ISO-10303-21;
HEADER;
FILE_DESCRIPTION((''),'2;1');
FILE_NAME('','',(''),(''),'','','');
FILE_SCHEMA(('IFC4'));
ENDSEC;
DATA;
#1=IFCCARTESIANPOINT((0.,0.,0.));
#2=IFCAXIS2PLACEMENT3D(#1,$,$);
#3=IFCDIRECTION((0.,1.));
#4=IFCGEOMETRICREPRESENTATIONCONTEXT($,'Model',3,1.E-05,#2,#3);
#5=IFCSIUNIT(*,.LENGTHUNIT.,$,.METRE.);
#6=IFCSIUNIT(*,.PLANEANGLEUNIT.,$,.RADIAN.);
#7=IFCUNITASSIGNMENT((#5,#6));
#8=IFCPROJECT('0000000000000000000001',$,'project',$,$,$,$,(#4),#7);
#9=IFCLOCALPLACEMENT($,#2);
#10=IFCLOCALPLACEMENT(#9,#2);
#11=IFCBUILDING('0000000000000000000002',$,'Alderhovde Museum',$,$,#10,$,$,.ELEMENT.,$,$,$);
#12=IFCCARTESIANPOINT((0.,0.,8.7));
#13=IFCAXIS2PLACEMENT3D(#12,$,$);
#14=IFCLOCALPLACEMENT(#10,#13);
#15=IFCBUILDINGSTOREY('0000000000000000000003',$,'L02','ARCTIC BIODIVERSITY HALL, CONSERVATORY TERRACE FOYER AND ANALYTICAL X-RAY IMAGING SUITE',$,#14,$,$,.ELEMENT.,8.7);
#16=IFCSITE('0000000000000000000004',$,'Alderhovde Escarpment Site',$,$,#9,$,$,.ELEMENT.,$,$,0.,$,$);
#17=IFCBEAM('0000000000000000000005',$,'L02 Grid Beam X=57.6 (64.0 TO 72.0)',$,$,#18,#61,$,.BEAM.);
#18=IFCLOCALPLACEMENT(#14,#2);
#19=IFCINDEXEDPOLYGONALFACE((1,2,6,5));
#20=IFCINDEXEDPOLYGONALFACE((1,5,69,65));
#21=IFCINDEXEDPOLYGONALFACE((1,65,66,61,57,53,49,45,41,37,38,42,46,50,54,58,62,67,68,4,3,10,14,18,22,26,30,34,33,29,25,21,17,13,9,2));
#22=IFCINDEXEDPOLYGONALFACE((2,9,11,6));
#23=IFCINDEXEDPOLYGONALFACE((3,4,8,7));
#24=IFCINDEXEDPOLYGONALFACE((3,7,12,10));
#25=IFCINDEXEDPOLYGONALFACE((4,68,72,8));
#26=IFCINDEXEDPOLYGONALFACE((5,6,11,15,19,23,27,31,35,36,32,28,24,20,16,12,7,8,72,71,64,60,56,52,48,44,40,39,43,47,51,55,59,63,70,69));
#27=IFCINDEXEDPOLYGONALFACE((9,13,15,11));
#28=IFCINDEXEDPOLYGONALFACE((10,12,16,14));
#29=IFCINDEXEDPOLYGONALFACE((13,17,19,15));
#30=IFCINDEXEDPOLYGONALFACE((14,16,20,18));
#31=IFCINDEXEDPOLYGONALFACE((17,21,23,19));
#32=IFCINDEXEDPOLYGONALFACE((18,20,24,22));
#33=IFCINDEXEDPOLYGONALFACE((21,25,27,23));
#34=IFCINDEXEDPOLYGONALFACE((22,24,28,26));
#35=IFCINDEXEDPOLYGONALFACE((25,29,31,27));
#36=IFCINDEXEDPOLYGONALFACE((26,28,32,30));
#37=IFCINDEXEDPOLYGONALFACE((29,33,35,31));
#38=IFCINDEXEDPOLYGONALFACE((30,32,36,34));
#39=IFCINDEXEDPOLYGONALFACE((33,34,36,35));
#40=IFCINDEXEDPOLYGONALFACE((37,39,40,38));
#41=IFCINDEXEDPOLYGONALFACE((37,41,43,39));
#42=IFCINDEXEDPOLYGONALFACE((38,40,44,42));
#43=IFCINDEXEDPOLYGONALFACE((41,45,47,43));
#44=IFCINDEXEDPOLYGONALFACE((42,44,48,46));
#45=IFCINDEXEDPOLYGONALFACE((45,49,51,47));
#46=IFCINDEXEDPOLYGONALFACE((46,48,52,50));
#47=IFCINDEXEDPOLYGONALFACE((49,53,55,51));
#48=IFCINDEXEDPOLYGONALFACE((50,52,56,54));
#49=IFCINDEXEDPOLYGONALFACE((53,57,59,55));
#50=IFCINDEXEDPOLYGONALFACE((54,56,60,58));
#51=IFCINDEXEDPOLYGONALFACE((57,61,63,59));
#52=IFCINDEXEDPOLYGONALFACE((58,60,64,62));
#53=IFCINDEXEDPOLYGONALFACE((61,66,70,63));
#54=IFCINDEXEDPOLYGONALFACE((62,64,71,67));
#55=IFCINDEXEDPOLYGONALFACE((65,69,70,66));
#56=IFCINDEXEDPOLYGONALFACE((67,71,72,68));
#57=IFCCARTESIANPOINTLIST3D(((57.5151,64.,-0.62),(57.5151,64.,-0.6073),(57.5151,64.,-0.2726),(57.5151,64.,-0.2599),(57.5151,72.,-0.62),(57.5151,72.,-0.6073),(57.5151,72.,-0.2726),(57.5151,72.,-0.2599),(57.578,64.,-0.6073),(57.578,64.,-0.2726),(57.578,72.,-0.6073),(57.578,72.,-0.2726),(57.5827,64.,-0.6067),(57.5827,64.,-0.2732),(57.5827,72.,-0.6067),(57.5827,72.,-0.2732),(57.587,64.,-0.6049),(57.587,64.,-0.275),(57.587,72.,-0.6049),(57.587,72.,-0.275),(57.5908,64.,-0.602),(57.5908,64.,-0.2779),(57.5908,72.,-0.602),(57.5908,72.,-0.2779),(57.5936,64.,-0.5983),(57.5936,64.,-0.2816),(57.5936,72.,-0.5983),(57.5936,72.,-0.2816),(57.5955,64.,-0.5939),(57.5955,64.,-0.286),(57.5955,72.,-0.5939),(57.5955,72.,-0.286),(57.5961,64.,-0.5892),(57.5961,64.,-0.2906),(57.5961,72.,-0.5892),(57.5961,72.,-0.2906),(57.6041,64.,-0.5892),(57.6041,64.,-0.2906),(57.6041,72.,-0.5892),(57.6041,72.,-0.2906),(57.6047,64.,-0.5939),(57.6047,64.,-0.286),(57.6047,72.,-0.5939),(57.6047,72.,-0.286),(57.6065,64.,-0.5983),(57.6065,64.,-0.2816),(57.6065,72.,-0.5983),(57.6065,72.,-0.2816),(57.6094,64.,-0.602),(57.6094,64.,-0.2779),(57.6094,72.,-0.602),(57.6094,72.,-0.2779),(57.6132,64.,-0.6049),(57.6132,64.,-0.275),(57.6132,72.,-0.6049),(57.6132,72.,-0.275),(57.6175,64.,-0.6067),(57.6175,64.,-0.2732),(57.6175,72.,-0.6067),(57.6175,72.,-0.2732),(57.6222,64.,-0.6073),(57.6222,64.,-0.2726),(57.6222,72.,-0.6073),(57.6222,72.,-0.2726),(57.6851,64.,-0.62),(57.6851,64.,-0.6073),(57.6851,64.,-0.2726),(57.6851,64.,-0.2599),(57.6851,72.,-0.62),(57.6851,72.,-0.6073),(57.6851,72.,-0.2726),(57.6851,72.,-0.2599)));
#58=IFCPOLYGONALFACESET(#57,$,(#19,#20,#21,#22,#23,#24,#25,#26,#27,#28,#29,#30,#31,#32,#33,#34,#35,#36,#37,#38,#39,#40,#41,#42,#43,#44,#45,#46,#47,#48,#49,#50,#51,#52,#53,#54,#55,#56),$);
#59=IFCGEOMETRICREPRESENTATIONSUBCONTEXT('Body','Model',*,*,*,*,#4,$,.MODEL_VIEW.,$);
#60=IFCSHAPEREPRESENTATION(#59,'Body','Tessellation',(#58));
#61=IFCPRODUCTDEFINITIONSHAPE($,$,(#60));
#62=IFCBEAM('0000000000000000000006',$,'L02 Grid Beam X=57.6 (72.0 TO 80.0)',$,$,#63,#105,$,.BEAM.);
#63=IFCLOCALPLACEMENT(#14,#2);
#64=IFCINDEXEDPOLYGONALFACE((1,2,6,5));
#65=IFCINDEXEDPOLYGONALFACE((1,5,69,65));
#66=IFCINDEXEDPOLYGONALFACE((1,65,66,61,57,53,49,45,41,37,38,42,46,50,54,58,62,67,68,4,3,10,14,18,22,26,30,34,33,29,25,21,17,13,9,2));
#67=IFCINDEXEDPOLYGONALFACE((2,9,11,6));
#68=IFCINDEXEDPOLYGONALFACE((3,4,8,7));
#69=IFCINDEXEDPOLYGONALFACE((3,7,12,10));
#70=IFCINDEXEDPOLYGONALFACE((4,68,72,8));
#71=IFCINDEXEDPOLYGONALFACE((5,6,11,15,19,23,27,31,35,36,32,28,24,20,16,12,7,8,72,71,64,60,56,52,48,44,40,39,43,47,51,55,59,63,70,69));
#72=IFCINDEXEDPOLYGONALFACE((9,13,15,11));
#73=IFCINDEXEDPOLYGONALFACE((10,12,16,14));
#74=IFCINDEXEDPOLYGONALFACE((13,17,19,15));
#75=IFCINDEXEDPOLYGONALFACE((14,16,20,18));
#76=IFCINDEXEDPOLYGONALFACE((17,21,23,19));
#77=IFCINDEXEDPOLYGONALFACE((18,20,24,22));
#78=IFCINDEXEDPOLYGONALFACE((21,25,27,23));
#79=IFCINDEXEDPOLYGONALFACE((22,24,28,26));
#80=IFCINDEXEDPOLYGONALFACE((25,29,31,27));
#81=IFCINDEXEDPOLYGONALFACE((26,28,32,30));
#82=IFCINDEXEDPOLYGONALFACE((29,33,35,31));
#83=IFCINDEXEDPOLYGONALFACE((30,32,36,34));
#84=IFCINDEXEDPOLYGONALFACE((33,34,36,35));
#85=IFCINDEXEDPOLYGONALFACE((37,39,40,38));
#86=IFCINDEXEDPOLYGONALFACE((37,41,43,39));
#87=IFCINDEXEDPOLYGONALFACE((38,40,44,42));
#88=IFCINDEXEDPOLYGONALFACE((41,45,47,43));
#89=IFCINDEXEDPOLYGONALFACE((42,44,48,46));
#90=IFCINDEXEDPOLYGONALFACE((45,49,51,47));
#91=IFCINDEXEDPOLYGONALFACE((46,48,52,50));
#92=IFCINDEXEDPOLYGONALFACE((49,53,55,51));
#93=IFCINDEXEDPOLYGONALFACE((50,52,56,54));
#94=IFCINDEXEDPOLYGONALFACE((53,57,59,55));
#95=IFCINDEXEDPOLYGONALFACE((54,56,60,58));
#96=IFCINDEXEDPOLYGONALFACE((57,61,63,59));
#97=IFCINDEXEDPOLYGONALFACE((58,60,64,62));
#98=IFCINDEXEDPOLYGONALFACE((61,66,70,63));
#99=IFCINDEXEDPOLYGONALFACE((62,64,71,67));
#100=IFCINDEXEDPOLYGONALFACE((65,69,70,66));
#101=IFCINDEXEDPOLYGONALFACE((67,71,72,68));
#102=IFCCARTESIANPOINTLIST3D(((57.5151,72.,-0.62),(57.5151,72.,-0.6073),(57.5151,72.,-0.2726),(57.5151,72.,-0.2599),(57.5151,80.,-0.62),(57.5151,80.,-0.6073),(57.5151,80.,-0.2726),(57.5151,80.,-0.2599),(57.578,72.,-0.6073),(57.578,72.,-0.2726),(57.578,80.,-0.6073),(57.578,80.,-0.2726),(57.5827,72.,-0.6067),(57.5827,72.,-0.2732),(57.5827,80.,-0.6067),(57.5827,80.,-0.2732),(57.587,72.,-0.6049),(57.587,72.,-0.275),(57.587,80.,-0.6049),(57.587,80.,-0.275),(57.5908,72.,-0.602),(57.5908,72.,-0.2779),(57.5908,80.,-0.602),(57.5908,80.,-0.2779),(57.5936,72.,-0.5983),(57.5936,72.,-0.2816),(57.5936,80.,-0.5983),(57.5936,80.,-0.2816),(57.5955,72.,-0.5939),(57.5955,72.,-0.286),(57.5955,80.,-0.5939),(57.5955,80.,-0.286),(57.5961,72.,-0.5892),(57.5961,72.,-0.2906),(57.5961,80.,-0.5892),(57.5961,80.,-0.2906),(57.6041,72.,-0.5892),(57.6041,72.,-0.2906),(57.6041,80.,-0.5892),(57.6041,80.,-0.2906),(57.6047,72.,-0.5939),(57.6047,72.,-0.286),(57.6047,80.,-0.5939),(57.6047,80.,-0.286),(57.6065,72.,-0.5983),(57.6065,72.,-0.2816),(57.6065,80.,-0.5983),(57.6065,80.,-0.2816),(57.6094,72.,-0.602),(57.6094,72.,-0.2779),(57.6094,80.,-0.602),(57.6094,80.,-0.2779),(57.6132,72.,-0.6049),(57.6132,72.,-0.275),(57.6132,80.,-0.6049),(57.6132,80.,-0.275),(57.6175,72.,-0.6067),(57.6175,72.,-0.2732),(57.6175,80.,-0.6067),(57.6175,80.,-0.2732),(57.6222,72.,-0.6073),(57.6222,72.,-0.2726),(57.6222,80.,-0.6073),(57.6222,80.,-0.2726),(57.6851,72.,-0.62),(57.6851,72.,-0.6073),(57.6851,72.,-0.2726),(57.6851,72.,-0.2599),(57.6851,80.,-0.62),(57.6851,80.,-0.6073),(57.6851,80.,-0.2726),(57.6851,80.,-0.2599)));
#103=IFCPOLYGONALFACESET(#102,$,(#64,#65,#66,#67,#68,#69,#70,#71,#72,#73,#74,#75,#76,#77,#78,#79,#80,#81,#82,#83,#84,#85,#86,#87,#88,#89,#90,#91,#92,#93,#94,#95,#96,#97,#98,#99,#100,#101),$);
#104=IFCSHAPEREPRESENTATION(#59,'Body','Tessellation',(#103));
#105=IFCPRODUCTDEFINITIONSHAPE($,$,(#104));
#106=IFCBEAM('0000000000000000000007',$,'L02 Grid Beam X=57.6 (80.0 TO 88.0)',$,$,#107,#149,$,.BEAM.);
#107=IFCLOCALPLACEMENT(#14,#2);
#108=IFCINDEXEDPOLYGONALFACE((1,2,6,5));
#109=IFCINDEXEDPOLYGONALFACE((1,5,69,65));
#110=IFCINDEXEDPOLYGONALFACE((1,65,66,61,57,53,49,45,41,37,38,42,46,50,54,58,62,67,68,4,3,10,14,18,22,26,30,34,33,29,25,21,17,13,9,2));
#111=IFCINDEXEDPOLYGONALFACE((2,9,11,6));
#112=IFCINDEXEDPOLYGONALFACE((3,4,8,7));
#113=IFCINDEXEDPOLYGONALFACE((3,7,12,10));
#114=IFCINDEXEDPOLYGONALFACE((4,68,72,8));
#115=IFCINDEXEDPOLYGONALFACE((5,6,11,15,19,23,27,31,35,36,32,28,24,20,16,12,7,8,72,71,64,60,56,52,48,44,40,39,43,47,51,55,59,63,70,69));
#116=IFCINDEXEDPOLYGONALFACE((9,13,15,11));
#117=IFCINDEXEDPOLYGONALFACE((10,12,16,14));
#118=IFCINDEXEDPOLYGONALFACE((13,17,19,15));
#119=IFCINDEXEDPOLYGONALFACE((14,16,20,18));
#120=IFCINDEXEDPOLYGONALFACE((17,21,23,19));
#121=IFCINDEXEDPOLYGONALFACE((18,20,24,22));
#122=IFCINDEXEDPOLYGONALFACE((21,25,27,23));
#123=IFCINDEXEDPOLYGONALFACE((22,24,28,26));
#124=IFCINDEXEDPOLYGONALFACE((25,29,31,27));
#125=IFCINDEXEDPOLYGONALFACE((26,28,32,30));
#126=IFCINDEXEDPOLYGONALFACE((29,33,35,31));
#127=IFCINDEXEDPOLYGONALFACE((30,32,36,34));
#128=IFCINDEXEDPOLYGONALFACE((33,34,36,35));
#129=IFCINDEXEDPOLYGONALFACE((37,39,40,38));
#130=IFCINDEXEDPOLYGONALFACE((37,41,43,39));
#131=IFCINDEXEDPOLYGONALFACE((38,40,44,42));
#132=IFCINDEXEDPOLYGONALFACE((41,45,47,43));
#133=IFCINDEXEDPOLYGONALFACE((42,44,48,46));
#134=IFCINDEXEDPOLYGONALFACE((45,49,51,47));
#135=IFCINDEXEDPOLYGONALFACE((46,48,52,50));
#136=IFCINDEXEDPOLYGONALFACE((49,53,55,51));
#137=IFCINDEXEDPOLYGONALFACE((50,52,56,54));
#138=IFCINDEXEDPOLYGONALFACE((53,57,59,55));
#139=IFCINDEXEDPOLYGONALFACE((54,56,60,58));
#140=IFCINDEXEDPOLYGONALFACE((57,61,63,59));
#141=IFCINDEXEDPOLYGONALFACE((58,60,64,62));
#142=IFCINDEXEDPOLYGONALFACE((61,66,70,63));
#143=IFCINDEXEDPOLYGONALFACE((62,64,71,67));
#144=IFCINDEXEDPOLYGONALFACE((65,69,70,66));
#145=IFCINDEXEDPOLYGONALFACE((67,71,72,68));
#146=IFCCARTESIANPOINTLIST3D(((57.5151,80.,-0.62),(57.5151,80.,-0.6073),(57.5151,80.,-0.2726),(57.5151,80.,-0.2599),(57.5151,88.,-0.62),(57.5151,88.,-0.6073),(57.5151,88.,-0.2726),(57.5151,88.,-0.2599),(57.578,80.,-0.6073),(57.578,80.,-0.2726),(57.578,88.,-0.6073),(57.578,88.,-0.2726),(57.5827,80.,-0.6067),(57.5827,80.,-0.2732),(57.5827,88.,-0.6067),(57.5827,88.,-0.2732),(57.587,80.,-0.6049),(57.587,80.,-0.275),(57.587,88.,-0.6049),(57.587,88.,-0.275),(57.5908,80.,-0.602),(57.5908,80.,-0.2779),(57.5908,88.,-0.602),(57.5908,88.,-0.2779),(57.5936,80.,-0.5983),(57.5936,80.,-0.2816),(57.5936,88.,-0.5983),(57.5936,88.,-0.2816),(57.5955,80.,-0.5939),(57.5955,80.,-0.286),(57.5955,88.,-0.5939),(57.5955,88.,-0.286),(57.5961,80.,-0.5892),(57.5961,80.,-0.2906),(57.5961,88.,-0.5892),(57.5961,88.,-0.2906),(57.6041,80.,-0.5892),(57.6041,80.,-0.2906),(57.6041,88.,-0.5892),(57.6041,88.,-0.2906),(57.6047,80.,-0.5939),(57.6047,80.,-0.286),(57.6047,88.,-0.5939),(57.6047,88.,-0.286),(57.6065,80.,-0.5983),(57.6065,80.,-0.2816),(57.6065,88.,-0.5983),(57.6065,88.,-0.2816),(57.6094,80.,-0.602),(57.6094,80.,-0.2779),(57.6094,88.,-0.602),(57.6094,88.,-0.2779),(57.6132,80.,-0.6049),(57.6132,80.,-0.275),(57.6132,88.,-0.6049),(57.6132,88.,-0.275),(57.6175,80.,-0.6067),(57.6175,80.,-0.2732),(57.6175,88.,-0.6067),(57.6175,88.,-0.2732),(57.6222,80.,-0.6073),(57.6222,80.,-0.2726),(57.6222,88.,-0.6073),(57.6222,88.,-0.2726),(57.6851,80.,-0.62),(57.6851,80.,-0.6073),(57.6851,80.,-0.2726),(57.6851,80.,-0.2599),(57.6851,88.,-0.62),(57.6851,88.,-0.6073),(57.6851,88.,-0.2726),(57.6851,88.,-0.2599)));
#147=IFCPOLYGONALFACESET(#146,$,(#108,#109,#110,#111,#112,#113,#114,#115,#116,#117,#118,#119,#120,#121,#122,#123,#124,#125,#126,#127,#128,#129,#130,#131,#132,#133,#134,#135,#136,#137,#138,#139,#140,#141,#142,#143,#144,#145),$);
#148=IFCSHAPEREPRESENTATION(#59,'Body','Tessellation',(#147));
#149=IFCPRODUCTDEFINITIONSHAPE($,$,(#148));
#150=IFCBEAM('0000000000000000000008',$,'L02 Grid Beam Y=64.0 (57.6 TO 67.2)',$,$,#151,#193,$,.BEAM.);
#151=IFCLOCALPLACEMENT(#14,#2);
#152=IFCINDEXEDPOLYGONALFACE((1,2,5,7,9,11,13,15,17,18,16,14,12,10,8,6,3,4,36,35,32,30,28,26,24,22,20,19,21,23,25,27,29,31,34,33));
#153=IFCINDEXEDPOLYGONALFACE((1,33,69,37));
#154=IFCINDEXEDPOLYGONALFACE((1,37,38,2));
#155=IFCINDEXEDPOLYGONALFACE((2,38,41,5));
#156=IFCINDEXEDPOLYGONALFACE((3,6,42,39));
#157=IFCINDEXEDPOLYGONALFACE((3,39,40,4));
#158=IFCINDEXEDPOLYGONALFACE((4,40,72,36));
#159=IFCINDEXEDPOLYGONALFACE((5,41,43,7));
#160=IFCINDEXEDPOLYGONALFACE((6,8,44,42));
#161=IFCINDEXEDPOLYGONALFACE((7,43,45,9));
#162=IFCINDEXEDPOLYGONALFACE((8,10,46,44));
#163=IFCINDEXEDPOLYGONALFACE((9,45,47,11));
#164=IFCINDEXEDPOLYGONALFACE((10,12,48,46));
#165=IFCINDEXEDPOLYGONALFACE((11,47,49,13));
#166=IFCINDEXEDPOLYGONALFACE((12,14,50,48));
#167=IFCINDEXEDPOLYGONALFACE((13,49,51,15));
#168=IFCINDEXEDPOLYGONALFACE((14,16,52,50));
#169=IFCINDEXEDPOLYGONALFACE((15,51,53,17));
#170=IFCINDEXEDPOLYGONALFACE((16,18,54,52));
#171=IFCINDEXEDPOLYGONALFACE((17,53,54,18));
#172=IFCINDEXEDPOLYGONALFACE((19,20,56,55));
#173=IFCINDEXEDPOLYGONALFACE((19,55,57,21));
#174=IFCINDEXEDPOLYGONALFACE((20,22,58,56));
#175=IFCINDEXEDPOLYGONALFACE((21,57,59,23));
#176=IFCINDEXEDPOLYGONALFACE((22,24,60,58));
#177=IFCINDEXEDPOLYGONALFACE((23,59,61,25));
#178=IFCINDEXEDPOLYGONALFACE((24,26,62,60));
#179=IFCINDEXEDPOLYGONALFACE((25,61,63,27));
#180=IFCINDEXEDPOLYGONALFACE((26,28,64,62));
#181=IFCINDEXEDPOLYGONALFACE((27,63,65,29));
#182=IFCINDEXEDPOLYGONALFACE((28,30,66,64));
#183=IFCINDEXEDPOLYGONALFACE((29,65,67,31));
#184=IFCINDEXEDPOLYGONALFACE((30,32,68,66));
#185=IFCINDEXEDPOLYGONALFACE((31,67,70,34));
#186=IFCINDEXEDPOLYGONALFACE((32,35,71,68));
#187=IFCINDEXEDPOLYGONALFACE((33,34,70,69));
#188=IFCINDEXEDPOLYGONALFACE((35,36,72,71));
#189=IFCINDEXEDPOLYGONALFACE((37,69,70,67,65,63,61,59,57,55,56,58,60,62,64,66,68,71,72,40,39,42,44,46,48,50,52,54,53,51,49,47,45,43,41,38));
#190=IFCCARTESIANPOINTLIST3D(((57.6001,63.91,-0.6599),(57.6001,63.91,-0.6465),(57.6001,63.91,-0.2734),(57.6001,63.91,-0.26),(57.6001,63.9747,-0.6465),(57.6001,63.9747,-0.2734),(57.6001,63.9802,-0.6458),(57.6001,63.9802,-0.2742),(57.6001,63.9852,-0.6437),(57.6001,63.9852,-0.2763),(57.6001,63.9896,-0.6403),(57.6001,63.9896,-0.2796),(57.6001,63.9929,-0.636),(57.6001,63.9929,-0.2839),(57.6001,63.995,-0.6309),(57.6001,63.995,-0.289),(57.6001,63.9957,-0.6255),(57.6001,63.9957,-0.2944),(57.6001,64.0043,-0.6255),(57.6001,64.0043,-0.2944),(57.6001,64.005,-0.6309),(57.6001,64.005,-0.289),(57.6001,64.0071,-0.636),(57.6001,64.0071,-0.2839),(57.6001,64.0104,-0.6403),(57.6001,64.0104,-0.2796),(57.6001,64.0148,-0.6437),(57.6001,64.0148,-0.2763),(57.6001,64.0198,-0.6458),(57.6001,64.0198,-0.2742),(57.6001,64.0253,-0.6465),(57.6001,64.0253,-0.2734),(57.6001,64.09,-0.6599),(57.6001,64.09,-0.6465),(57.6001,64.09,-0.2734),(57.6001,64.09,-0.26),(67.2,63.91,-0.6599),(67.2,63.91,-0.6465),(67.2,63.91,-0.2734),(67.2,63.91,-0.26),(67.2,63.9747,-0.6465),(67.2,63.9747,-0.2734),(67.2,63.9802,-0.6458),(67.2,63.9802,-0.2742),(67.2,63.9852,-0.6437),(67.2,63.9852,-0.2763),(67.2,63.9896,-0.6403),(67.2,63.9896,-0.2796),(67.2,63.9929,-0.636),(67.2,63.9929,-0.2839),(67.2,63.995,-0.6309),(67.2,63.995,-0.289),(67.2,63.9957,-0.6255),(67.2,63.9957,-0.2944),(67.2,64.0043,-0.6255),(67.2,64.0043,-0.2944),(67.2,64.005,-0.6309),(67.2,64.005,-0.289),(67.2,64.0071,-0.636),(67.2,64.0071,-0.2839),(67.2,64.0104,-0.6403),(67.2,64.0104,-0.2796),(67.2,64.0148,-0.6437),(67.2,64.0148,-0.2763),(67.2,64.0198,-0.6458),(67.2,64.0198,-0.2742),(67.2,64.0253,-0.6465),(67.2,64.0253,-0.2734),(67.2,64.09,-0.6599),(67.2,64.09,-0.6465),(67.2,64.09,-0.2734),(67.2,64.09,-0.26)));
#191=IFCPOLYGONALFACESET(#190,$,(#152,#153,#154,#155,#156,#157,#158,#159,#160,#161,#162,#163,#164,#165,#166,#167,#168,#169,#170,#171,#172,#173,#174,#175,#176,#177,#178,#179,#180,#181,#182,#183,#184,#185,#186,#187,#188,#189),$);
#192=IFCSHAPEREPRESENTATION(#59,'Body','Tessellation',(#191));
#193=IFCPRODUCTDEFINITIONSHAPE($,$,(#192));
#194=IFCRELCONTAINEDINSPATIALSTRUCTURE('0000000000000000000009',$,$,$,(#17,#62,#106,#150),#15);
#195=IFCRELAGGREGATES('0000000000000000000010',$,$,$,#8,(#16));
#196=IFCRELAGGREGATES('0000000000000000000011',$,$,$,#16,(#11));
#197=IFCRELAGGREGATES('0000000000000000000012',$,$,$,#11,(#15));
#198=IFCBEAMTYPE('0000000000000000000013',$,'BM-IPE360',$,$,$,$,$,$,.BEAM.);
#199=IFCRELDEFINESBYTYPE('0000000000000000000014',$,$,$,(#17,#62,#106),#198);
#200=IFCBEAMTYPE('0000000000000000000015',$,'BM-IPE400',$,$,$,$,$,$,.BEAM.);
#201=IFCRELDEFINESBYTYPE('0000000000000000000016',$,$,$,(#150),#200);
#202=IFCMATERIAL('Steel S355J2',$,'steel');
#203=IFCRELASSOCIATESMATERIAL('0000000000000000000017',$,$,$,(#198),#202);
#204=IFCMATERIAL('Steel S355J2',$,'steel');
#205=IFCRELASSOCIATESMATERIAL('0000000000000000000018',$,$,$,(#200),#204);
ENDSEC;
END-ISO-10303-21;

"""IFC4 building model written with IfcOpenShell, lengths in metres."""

from ifc_helpers import new_model, si_unit, direction, frame, origin, origin_2d, place, context, subcontext, project, spatial, i_section, extrude, material, material_profile, profile_set, type_object, element, save


model = new_model("IFC4")

# Units and contexts
model_context = context("Model", 3, precision=1e-05, world=origin(), true_north=direction((0.0, 1.0)))
body_context = subcontext(model_context, "Body", "Model", "MODEL_VIEW")
ifc_project = project(units=[si_unit("LENGTHUNIT", "METRE"), si_unit("PLANEANGLEUNIT", "RADIAN")], contexts=[model_context])

# Site, building, storey
site_placement = place(None, origin())
site = spatial("IfcSite", under=ifc_project, at=site_placement, Name="Alderhovde Escarpment Site", CompositionType="ELEMENT", RefElevation=0.0)
building_placement = place(site_placement, origin())
building = spatial("IfcBuilding", under=site, at=building_placement, Name="Alderhovde Museum", CompositionType="ELEMENT")
storey_placement = place(building_placement, frame((0.0, 0.0, 8.7)))
storey = spatial("IfcBuildingStorey", under=building, at=storey_placement, Name="L02", Description="ARCTIC BIODIVERSITY HALL, CONSERVATORY TERRACE FOYER AND ANALYTICAL X-RAY IMAGING SUITE", CompositionType="ELEMENT", Elevation=8.7)

# Beams
ifc_material_1 = material(Name="Steel S355J2", Category="steel")
ifc_material_profile_1 = material_profile(ifc_material_1, i_section(OverallWidth=0.1699, OverallDepth=0.3601, WebThickness=0.0081, FlangeThickness=0.0127, FilletRadius=0.0181, at=origin_2d()), Name="IPE 360")
ifc_profile_set_1 = profile_set([ifc_material_profile_1], Name="Steel S355J2")
beam_type_1 = type_object("IfcBeamType", Name="BM-IPE360", PredefinedType="BEAM", material=ifc_profile_set_1)
for number, where, z_axis, x_axis, name in (
    (1, (57.6001, 64.0, -0.4399), (0.0, 1.0, 0.0), (-1.0, 0.0, 0.0), "L02 Grid Beam X=57.6 (64.0 TO 72.0)"),
    (2, (57.6001, 72.0, -0.4399), (0.0, 1.0, 0.0), (-1.0, 0.0, 0.0), "L02 Grid Beam X=57.6 (72.0 TO 80.0)"),
    (3, (57.6001, 80.0, -0.4399), (0.0, 1.0, 0.0), (-1.0, 0.0, 0.0), "L02 Grid Beam X=57.6 (80.0 TO 88.0)"),
):
    element("IfcBeam", number, at=place(storey_placement, frame(where, z_axis=z_axis, x_axis=x_axis)), inside=storey, type_object=beam_type_1, Name=name, PredefinedType="BEAM", context=body_context, shape_type="SweptSolid", body=[
        extrude(i_section(OverallWidth=0.1699, OverallDepth=0.3601, WebThickness=0.0081, FlangeThickness=0.0127, FilletRadius=0.0181, at=origin_2d()), origin(), (0.0, 0.0, 1.0), 8.0),
    ])
ifc_material_2 = material(Name="Steel S355J2", Category="steel")
ifc_material_profile_2 = material_profile(ifc_material_2, i_section(OverallWidth=0.1799, OverallDepth=0.3999, WebThickness=0.0085, FlangeThickness=0.0134, FilletRadius=0.021, at=origin_2d()), Name="IPE 400")
ifc_profile_set_2 = profile_set([ifc_material_profile_2], Name="Steel S355J2")
beam_type_2 = type_object("IfcBeamType", Name="BM-IPE400", PredefinedType="BEAM", material=ifc_profile_set_2)
for number, where, z_axis, x_axis, name in (
    (4, (57.6001, 64.0, -0.46), (1.0, 0.0, 0.0), (0.0, 1.0, 0.0), "L02 Grid Beam Y=64.0 (57.6 TO 67.2)"),
):
    element("IfcBeam", number, at=place(storey_placement, frame(where, z_axis=z_axis, x_axis=x_axis)), inside=storey, type_object=beam_type_2, Name=name, PredefinedType="BEAM", context=body_context, shape_type="SweptSolid", body=[
        extrude(i_section(OverallWidth=0.1799, OverallDepth=0.3999, WebThickness=0.0085, FlangeThickness=0.0134, FilletRadius=0.021, at=origin_2d()), origin(), (0.0, 0.0, 1.0), 9.5999),
    ])

save(model, "model.ifc")
